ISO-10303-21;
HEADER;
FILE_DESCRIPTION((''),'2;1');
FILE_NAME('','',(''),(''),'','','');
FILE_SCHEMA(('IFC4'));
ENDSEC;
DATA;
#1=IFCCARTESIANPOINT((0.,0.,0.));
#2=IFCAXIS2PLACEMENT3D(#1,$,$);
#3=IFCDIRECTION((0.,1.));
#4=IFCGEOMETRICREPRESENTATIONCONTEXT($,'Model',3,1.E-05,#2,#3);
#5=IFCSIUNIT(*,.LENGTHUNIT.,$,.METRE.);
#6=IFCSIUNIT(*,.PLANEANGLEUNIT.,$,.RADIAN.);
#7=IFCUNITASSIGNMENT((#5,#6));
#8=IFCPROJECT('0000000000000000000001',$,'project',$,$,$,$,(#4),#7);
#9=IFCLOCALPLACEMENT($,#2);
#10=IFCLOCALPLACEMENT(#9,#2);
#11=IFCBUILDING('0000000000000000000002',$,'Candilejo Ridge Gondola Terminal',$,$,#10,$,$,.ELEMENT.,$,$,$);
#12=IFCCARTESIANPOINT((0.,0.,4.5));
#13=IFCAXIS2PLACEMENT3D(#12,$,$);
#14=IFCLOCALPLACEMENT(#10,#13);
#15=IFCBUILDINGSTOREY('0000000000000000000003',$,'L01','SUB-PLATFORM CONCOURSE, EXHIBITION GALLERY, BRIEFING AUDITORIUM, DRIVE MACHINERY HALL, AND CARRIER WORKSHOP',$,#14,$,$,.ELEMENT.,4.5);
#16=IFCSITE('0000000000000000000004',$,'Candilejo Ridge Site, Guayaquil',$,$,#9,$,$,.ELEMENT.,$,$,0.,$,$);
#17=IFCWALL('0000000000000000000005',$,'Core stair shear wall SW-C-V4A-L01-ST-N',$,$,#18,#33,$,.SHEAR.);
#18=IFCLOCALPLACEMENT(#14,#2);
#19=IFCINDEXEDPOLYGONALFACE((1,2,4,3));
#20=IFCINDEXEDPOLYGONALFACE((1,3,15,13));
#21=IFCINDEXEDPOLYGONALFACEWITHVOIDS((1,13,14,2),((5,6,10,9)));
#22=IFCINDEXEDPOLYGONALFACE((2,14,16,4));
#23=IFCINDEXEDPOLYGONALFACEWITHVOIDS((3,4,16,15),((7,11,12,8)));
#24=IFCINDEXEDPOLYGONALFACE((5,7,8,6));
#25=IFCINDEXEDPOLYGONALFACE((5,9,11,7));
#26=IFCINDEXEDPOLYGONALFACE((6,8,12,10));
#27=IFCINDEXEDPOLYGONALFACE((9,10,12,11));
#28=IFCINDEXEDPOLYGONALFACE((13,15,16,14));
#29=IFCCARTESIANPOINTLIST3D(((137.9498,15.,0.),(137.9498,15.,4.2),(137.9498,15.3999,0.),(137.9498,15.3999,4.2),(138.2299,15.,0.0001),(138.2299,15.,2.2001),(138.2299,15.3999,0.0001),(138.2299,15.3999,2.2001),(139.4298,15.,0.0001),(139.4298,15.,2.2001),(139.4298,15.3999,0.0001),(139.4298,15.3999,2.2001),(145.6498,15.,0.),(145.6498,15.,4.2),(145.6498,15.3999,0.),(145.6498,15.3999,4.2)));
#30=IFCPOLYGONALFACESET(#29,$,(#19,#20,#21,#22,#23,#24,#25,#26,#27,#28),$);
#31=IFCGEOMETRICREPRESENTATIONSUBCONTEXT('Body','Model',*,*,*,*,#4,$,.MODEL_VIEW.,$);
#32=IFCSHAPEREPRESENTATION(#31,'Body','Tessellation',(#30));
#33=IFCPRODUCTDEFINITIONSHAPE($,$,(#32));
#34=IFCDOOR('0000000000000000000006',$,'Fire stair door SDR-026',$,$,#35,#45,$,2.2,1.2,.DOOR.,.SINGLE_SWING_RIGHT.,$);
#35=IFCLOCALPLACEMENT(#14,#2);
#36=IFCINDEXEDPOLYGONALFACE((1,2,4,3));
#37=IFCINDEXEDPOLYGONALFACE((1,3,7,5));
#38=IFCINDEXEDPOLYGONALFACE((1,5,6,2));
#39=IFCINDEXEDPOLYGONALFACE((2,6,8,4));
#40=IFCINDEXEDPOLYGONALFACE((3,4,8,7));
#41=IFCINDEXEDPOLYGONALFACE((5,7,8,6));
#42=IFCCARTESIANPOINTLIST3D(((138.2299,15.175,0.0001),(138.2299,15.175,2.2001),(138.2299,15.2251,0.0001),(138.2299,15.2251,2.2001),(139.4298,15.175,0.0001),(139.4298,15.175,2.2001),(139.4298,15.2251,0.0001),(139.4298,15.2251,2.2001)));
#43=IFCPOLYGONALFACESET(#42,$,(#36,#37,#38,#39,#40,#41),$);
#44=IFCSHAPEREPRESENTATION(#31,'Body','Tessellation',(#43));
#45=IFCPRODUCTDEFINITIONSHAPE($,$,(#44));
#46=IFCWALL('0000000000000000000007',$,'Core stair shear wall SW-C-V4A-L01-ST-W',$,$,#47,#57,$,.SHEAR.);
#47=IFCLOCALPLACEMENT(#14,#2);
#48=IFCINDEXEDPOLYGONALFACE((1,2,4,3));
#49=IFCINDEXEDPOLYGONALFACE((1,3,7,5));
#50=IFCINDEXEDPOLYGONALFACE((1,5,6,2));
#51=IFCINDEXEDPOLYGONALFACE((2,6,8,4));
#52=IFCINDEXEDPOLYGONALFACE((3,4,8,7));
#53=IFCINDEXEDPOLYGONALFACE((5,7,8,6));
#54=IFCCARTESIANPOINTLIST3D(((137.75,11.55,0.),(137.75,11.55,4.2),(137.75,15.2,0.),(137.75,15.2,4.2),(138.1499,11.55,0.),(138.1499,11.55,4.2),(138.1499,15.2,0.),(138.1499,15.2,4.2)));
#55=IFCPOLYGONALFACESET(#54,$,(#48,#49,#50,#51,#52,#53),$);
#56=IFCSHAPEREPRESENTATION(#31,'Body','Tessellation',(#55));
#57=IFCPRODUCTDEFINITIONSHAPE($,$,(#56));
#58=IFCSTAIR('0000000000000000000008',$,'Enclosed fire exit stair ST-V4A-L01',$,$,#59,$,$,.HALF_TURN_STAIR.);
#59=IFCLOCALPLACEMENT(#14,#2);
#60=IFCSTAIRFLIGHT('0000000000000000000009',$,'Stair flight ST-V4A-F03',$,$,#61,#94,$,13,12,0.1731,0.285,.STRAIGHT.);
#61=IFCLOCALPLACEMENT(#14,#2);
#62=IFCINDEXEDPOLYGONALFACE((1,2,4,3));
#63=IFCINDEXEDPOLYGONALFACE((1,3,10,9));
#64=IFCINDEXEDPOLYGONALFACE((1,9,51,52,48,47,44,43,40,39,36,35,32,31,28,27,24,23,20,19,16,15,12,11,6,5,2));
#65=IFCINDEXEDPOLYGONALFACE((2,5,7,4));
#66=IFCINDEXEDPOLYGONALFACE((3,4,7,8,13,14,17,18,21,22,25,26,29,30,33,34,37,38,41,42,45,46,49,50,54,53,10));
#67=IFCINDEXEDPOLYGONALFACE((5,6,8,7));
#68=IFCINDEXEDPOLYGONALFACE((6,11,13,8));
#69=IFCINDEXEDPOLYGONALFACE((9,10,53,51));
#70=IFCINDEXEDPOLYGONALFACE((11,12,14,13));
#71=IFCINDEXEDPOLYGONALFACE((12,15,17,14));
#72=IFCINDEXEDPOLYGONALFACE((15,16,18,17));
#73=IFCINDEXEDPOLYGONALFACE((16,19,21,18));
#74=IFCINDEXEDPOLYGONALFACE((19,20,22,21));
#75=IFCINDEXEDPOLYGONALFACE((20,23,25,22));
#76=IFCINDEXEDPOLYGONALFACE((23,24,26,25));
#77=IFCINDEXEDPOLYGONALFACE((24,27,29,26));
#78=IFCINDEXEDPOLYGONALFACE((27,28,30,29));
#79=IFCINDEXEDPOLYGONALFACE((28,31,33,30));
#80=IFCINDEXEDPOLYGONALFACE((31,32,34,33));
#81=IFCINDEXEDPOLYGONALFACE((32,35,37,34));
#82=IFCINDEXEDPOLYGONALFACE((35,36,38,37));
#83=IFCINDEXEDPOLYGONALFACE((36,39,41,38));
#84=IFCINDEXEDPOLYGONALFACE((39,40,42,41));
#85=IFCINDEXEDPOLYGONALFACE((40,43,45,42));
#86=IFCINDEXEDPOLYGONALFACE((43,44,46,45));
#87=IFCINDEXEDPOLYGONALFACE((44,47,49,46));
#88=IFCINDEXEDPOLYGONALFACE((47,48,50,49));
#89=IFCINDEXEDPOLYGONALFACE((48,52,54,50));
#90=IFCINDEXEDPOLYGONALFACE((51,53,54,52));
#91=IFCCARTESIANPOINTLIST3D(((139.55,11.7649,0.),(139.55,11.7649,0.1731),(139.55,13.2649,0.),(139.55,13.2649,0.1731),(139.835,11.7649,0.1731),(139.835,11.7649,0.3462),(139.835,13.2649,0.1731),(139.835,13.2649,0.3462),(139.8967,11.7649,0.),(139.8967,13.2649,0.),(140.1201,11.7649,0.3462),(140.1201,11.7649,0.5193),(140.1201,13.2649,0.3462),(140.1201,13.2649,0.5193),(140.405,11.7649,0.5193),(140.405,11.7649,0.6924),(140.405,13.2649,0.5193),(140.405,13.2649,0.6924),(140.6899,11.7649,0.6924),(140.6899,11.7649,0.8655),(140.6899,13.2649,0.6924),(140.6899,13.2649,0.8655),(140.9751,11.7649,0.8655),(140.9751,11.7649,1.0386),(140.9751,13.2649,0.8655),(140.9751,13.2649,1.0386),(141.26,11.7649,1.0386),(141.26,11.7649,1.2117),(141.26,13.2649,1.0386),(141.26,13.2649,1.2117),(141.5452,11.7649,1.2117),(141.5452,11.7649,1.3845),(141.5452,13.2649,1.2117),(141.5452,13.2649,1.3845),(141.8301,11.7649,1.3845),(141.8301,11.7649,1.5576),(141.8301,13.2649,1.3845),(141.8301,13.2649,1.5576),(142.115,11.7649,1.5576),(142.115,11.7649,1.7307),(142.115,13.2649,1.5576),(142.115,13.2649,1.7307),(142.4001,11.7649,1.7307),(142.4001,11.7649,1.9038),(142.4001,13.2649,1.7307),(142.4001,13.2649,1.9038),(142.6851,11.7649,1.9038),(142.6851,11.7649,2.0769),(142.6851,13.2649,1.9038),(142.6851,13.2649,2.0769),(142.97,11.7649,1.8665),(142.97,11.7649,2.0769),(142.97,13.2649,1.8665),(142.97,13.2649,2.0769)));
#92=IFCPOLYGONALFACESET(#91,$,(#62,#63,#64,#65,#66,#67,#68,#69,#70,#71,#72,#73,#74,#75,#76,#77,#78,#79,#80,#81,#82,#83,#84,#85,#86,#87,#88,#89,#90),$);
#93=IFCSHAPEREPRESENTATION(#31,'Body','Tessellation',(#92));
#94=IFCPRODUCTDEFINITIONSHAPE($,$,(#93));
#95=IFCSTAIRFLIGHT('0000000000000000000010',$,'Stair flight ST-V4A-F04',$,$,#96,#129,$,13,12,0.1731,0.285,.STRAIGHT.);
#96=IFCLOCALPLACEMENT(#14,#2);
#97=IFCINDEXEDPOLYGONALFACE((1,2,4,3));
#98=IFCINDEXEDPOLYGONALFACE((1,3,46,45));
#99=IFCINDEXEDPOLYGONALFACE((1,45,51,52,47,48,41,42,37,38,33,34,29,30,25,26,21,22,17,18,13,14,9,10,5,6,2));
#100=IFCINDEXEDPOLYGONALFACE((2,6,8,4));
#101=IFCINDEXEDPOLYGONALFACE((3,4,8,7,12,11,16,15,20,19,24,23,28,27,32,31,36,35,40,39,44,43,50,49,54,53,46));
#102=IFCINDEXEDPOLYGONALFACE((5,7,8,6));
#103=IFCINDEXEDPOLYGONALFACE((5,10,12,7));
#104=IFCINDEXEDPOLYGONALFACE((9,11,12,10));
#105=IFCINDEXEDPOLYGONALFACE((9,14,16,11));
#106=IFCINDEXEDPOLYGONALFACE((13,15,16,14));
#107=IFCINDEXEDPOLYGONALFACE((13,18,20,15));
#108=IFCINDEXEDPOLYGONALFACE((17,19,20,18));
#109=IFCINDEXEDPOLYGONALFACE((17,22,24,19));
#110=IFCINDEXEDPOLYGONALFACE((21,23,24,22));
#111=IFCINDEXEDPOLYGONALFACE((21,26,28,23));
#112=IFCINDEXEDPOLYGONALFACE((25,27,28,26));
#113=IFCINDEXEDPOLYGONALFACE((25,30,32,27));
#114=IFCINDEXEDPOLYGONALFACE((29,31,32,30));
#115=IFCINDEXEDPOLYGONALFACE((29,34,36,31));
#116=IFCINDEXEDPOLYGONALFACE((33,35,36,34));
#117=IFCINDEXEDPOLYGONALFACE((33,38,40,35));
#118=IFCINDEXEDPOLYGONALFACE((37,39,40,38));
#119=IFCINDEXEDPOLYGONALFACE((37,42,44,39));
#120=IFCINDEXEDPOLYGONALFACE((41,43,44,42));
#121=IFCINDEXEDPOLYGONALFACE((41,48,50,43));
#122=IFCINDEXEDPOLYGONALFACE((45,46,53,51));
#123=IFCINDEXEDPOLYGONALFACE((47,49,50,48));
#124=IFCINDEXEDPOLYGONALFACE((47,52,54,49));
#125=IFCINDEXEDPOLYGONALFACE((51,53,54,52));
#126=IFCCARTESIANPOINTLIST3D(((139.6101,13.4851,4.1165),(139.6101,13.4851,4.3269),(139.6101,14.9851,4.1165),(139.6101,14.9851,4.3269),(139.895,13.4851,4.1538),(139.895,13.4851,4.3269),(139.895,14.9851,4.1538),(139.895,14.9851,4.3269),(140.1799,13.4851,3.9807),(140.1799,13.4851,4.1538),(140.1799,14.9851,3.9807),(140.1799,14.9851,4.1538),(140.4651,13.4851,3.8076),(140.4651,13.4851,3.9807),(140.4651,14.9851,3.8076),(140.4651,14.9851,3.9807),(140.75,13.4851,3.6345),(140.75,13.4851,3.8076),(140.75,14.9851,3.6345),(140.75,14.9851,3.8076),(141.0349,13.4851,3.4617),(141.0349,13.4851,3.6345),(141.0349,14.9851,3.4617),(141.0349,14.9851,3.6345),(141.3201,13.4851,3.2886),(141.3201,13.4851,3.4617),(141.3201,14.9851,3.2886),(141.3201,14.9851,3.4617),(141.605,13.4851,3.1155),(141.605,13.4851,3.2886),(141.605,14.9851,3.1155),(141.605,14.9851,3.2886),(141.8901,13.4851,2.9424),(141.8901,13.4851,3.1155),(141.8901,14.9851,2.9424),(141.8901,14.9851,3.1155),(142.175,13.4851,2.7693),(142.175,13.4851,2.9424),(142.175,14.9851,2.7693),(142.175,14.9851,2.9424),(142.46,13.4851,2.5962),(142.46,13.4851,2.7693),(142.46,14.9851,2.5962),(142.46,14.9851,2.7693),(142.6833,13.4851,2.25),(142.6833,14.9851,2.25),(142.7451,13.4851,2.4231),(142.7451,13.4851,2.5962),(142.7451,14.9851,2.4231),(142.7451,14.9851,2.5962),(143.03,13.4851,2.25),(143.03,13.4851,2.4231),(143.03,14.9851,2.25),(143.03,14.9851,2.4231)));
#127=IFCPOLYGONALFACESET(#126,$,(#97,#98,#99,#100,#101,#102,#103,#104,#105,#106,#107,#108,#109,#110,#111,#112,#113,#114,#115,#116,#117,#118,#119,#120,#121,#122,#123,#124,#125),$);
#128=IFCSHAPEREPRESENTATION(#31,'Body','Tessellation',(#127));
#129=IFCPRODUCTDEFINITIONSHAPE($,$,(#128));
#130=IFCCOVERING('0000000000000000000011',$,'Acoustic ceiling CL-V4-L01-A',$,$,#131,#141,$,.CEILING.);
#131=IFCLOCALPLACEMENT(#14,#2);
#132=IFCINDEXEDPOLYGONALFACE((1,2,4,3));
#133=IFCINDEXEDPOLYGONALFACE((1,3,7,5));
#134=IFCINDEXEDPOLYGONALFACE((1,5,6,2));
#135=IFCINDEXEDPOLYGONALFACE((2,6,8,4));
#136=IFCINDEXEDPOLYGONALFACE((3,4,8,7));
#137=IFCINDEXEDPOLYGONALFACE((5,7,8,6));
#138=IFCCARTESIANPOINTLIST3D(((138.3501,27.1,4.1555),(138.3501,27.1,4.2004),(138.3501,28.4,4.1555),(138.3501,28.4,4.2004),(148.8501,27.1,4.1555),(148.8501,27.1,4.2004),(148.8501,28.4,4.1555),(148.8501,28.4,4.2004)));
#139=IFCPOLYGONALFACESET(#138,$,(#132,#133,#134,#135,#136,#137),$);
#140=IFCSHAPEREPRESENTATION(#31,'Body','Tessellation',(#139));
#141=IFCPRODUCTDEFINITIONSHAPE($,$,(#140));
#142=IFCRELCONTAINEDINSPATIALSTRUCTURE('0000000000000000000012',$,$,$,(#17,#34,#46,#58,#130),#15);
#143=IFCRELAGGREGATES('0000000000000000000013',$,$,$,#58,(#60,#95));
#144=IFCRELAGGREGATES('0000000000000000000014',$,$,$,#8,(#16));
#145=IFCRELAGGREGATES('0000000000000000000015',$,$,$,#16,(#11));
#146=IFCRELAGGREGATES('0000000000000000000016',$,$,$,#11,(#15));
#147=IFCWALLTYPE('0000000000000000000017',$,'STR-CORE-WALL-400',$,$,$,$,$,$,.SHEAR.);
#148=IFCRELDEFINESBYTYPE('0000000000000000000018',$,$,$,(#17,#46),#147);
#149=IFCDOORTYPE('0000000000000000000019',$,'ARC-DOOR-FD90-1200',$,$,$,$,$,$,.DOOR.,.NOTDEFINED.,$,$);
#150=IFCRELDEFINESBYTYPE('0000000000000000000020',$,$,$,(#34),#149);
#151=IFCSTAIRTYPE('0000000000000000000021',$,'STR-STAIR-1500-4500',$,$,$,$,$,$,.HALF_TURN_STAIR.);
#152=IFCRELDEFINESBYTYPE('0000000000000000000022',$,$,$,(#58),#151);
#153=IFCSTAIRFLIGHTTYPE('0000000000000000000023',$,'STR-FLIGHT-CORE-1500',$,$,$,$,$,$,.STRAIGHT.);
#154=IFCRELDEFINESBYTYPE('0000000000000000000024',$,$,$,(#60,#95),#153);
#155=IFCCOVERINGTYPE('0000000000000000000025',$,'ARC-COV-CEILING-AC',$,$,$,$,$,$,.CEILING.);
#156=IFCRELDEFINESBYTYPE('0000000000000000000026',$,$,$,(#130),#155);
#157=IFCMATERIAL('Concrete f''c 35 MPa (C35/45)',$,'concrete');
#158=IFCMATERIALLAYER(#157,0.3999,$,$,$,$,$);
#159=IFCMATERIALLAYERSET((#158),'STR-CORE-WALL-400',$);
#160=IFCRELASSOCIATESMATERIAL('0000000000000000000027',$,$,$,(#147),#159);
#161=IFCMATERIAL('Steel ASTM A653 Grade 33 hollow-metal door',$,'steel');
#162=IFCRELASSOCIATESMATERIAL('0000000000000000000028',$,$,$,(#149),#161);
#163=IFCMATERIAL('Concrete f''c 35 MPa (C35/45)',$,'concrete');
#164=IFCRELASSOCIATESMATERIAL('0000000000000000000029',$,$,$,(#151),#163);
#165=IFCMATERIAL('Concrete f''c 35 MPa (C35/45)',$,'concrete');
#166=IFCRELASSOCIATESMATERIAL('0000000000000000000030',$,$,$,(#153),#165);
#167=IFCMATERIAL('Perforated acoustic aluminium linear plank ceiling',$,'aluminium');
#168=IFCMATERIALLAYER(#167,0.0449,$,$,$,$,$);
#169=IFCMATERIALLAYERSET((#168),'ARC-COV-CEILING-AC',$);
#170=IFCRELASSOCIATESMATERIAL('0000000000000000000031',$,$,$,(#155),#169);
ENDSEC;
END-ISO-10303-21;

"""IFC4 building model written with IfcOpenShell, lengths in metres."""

from ifc_helpers import new_model, si_unit, direction, frame, frame_2d, origin, origin_2d, place, context, subcontext, project, spatial, polyline, rectangle, outline, extrude, material, layer, layer_set, type_object, element, fill, aggregate, save


model = new_model("IFC4")

# Units and contexts
model_context = context("Model", 3, precision=1e-05, world=origin(), true_north=direction((0.0, 1.0)))
body_context = subcontext(model_context, "Body", "Model", "MODEL_VIEW")
ifc_project = project(units=[si_unit("LENGTHUNIT", "METRE"), si_unit("PLANEANGLEUNIT", "RADIAN")], contexts=[model_context])

# Site, building, storey
site_placement = place(None, origin())
site = spatial("IfcSite", under=ifc_project, at=site_placement, Name="Candilejo Ridge Site, Guayaquil", CompositionType="ELEMENT", RefElevation=0.0)
building_placement = place(site_placement, origin())
building = spatial("IfcBuilding", under=site, at=building_placement, Name="Candilejo Ridge Gondola Terminal", CompositionType="ELEMENT")
storey_placement = place(building_placement, frame((0.0, 0.0, 4.5)))
storey = spatial("IfcBuildingStorey", under=building, at=storey_placement, Name="L01", Description="SUB-PLATFORM CONCOURSE, EXHIBITION GALLERY, BRIEFING AUDITORIUM, DRIVE MACHINERY HALL, AND CARRIER WORKSHOP", CompositionType="ELEMENT", Elevation=4.5)

# Wall, opening, door
ifc_material_1 = material(Name="Concrete f'c 35 MPa (C35/45)", Category="concrete")
ifc_layer_1 = layer(ifc_material_1, 0.3999)
ifc_layer_set_1 = layer_set([ifc_layer_1], Name="STR-CORE-WALL-400")
wall_type_1 = type_object("IfcWallType", Name="STR-CORE-WALL-400", PredefinedType="SHEAR", material=ifc_layer_set_1)
wall_1_placement = place(storey_placement, frame((145.6499, 15.2, 0.0), z_axis=(0.0, 0.0, 1.0), x_axis=(-1.0, 0.0, 0.0)))
wall_1 = element("IfcWall", 1, at=wall_1_placement, inside=storey, type_object=wall_type_1, Name="Core stair shear wall SW-C-V4A-L01-ST-N", PredefinedType="SHEAR", context=body_context, shape_type="SweptSolid", body=[
    extrude(rectangle(XDim=7.7, YDim=0.3999, at=frame_2d((3.8501, 0.0))), origin(), (0.0, 0.0, 1.0), 4.2),
])
opening_1_placement = place(wall_1_placement, frame((6.22, 0.0, 0.0)))
opening_1 = element("IfcOpeningElement", 2, at=opening_1_placement, cuts=wall_1, PredefinedType="OPENING", context=body_context, shape_type="SweptSolid", body=[
    extrude(rectangle(XDim=1.2, YDim=2.2, at=frame_2d((0.6001, 1.1001))), frame((0.0, 0.21, 0.0), z_axis=(0.0, -1.0, 0.0), x_axis=(1.0, 0.0, 0.0)), (0.0, 0.0, 1.0), 0.4199),
])
ifc_material_2 = material(Name="Steel ASTM A653 Grade 33 hollow-metal door", Category="steel")
door_type_1 = type_object("IfcDoorType", Name="ARC-DOOR-FD90-1200", OperationType="NOTDEFINED", PredefinedType="DOOR", material=ifc_material_2)
door_1_placement = place(opening_1_placement, origin())
door_1 = element("IfcDoor", 3, at=door_1_placement, inside=storey, type_object=door_type_1, Name="Fire stair door SDR-026", OperationType="SINGLE_SWING_RIGHT", OverallHeight=2.2, OverallWidth=1.2, PredefinedType="DOOR", context=body_context, shape_type="SweptSolid", body=[
    extrude(rectangle(XDim=1.2, YDim=2.2, at=frame_2d((0.6001, 1.1001))), frame((0.0, 0.0249, 0.0), z_axis=(0.0, -1.0, 0.0), x_axis=(1.0, 0.0, 0.0)), (0.0, 0.0, 1.0), 0.05),
])
fill(opening_1, door_1)

# Wall
wall_2_placement = place(storey_placement, frame((137.95, 15.2, 0.0), z_axis=(0.0, 0.0, 1.0), x_axis=(0.0, -1.0, 0.0)))
element("IfcWall", 4, at=wall_2_placement, inside=storey, type_object=wall_type_1, Name="Core stair shear wall SW-C-V4A-L01-ST-W", PredefinedType="SHEAR", context=body_context, shape_type="SweptSolid", body=[
    extrude(rectangle(XDim=3.6499, YDim=0.3999, at=frame_2d((1.825, 0.0))), origin(), (0.0, 0.0, 1.0), 4.2),
])

# Stair, stair flights
ifc_material_3 = material(Name="Concrete f'c 35 MPa (C35/45)", Category="concrete")
stair_type = type_object("IfcStairType", Name="STR-STAIR-1500-4500", PredefinedType="HALF_TURN_STAIR", material=ifc_material_3)
stair_placement = place(storey_placement, origin())
stair = element("IfcStair", 5, at=stair_placement, inside=storey, type_object=stair_type, Name="Enclosed fire exit stair ST-V4A-L01", PredefinedType="HALF_TURN_STAIR")
ifc_material_4 = material(Name="Concrete f'c 35 MPa (C35/45)", Category="concrete")
stair_flight_type = type_object("IfcStairFlightType", Name="STR-FLIGHT-CORE-1500", PredefinedType="STRAIGHT", material=ifc_material_4)
stair_flight_1_placement = place(storey_placement, frame((139.55, 12.5149, 0.0), z_axis=(0.0, 0.0, 1.0), x_axis=(1.0, 0.0, 0.0)))
stair_flight_1 = element("IfcStairFlight", 6, at=stair_flight_1_placement, type_object=stair_flight_type, Name="Stair flight ST-V4A-F03", NumberOfRisers=13, NumberOfTreads=12, PredefinedType="STRAIGHT", RiserHeight=0.1731, TreadLength=0.285, context=body_context, shape_type="SweptSolid", body=[
    extrude(outline(polyline([(0.0, 0.0), (0.0, 0.1731), (0.2849, 0.1731), (0.2849, 0.3462), (0.5701, 0.3462), (0.5701, 0.5193), (0.855, 0.5193), (0.855, 0.6924), (1.1399, 0.6924), (1.1399, 0.8655), (1.425, 0.8655), (1.425, 1.0386), (1.71, 1.0386), (1.71, 1.2117), (1.9951, 1.2117), (1.9951, 1.3845), (2.28, 1.3845), (2.28, 1.5576), (2.5649, 1.5576), (2.5649, 1.7307), (2.8501, 1.7307), (2.8501, 1.9038), (3.135, 1.9038), (3.135, 2.0769), (3.4199, 2.0769), (3.4199, 2.25), (3.4199, 1.8665), (0.3467, 0.0), (0.0, 0.0)])), frame((0.0, 0.75, 0.0), z_axis=(0.0, -1.0, 0.0), x_axis=(1.0, 0.0, 0.0)), (0.0, 0.0, 1.0), 1.5),
])
stair_flight_2_placement = place(storey_placement, frame((143.03, 14.2351, 2.25), z_axis=(0.0, 0.0, 1.0), x_axis=(-1.0, 0.0, 0.0)))
stair_flight_2 = element("IfcStairFlight", 7, at=stair_flight_2_placement, type_object=stair_flight_type, Name="Stair flight ST-V4A-F04", NumberOfRisers=13, NumberOfTreads=12, PredefinedType="STRAIGHT", RiserHeight=0.1731, TreadLength=0.285, context=body_context, shape_type="SweptSolid", body=[
    extrude(outline(polyline([(0.0, 0.0), (0.0, 0.1731), (0.2849, 0.1731), (0.2849, 0.3462), (0.5701, 0.3462), (0.5701, 0.5193), (0.855, 0.5193), (0.855, 0.6924), (1.1399, 0.6924), (1.1399, 0.8655), (1.425, 0.8655), (1.425, 1.0386), (1.71, 1.0386), (1.71, 1.2117), (1.9951, 1.2117), (1.9951, 1.3845), (2.28, 1.3845), (2.28, 1.5576), (2.5649, 1.5576), (2.5649, 1.7307), (2.8501, 1.7307), (2.8501, 1.9038), (3.135, 1.9038), (3.135, 2.0769), (3.4199, 2.0769), (3.4199, 2.25), (3.4199, 1.8665), (0.3467, 0.0), (0.0, 0.0)])), frame((0.0, 0.75, 0.0), z_axis=(0.0, -1.0, 0.0), x_axis=(1.0, 0.0, 0.0)), (0.0, 0.0, 1.0), 1.5),
])
aggregate(stair, [stair_flight_1, stair_flight_2])

# Covering
ifc_material_5 = material(Name="Perforated acoustic aluminium linear plank ceiling", Category="aluminium")
ifc_layer_2 = layer(ifc_material_5, 0.0449)
ifc_layer_set_2 = layer_set([ifc_layer_2], Name="ARC-COV-CEILING-AC")
covering_type = type_object("IfcCoveringType", Name="ARC-COV-CEILING-AC", PredefinedType="CEILING", material=ifc_layer_set_2)
covering_placement = place(storey_placement, frame((143.6001, 27.75, 4.1555), z_axis=(0.0, 0.0, 1.0), x_axis=(1.0, 0.0, 0.0)))
element("IfcCovering", 8, at=covering_placement, inside=storey, type_object=covering_type, Name="Acoustic ceiling CL-V4-L01-A", PredefinedType="CEILING", context=body_context, shape_type="SweptSolid", body=[
    extrude(rectangle(XDim=10.5, YDim=1.3, at=origin_2d()), origin(), (0.0, 0.0, 1.0), 0.0449),
])

save(model, "model.ifc")
